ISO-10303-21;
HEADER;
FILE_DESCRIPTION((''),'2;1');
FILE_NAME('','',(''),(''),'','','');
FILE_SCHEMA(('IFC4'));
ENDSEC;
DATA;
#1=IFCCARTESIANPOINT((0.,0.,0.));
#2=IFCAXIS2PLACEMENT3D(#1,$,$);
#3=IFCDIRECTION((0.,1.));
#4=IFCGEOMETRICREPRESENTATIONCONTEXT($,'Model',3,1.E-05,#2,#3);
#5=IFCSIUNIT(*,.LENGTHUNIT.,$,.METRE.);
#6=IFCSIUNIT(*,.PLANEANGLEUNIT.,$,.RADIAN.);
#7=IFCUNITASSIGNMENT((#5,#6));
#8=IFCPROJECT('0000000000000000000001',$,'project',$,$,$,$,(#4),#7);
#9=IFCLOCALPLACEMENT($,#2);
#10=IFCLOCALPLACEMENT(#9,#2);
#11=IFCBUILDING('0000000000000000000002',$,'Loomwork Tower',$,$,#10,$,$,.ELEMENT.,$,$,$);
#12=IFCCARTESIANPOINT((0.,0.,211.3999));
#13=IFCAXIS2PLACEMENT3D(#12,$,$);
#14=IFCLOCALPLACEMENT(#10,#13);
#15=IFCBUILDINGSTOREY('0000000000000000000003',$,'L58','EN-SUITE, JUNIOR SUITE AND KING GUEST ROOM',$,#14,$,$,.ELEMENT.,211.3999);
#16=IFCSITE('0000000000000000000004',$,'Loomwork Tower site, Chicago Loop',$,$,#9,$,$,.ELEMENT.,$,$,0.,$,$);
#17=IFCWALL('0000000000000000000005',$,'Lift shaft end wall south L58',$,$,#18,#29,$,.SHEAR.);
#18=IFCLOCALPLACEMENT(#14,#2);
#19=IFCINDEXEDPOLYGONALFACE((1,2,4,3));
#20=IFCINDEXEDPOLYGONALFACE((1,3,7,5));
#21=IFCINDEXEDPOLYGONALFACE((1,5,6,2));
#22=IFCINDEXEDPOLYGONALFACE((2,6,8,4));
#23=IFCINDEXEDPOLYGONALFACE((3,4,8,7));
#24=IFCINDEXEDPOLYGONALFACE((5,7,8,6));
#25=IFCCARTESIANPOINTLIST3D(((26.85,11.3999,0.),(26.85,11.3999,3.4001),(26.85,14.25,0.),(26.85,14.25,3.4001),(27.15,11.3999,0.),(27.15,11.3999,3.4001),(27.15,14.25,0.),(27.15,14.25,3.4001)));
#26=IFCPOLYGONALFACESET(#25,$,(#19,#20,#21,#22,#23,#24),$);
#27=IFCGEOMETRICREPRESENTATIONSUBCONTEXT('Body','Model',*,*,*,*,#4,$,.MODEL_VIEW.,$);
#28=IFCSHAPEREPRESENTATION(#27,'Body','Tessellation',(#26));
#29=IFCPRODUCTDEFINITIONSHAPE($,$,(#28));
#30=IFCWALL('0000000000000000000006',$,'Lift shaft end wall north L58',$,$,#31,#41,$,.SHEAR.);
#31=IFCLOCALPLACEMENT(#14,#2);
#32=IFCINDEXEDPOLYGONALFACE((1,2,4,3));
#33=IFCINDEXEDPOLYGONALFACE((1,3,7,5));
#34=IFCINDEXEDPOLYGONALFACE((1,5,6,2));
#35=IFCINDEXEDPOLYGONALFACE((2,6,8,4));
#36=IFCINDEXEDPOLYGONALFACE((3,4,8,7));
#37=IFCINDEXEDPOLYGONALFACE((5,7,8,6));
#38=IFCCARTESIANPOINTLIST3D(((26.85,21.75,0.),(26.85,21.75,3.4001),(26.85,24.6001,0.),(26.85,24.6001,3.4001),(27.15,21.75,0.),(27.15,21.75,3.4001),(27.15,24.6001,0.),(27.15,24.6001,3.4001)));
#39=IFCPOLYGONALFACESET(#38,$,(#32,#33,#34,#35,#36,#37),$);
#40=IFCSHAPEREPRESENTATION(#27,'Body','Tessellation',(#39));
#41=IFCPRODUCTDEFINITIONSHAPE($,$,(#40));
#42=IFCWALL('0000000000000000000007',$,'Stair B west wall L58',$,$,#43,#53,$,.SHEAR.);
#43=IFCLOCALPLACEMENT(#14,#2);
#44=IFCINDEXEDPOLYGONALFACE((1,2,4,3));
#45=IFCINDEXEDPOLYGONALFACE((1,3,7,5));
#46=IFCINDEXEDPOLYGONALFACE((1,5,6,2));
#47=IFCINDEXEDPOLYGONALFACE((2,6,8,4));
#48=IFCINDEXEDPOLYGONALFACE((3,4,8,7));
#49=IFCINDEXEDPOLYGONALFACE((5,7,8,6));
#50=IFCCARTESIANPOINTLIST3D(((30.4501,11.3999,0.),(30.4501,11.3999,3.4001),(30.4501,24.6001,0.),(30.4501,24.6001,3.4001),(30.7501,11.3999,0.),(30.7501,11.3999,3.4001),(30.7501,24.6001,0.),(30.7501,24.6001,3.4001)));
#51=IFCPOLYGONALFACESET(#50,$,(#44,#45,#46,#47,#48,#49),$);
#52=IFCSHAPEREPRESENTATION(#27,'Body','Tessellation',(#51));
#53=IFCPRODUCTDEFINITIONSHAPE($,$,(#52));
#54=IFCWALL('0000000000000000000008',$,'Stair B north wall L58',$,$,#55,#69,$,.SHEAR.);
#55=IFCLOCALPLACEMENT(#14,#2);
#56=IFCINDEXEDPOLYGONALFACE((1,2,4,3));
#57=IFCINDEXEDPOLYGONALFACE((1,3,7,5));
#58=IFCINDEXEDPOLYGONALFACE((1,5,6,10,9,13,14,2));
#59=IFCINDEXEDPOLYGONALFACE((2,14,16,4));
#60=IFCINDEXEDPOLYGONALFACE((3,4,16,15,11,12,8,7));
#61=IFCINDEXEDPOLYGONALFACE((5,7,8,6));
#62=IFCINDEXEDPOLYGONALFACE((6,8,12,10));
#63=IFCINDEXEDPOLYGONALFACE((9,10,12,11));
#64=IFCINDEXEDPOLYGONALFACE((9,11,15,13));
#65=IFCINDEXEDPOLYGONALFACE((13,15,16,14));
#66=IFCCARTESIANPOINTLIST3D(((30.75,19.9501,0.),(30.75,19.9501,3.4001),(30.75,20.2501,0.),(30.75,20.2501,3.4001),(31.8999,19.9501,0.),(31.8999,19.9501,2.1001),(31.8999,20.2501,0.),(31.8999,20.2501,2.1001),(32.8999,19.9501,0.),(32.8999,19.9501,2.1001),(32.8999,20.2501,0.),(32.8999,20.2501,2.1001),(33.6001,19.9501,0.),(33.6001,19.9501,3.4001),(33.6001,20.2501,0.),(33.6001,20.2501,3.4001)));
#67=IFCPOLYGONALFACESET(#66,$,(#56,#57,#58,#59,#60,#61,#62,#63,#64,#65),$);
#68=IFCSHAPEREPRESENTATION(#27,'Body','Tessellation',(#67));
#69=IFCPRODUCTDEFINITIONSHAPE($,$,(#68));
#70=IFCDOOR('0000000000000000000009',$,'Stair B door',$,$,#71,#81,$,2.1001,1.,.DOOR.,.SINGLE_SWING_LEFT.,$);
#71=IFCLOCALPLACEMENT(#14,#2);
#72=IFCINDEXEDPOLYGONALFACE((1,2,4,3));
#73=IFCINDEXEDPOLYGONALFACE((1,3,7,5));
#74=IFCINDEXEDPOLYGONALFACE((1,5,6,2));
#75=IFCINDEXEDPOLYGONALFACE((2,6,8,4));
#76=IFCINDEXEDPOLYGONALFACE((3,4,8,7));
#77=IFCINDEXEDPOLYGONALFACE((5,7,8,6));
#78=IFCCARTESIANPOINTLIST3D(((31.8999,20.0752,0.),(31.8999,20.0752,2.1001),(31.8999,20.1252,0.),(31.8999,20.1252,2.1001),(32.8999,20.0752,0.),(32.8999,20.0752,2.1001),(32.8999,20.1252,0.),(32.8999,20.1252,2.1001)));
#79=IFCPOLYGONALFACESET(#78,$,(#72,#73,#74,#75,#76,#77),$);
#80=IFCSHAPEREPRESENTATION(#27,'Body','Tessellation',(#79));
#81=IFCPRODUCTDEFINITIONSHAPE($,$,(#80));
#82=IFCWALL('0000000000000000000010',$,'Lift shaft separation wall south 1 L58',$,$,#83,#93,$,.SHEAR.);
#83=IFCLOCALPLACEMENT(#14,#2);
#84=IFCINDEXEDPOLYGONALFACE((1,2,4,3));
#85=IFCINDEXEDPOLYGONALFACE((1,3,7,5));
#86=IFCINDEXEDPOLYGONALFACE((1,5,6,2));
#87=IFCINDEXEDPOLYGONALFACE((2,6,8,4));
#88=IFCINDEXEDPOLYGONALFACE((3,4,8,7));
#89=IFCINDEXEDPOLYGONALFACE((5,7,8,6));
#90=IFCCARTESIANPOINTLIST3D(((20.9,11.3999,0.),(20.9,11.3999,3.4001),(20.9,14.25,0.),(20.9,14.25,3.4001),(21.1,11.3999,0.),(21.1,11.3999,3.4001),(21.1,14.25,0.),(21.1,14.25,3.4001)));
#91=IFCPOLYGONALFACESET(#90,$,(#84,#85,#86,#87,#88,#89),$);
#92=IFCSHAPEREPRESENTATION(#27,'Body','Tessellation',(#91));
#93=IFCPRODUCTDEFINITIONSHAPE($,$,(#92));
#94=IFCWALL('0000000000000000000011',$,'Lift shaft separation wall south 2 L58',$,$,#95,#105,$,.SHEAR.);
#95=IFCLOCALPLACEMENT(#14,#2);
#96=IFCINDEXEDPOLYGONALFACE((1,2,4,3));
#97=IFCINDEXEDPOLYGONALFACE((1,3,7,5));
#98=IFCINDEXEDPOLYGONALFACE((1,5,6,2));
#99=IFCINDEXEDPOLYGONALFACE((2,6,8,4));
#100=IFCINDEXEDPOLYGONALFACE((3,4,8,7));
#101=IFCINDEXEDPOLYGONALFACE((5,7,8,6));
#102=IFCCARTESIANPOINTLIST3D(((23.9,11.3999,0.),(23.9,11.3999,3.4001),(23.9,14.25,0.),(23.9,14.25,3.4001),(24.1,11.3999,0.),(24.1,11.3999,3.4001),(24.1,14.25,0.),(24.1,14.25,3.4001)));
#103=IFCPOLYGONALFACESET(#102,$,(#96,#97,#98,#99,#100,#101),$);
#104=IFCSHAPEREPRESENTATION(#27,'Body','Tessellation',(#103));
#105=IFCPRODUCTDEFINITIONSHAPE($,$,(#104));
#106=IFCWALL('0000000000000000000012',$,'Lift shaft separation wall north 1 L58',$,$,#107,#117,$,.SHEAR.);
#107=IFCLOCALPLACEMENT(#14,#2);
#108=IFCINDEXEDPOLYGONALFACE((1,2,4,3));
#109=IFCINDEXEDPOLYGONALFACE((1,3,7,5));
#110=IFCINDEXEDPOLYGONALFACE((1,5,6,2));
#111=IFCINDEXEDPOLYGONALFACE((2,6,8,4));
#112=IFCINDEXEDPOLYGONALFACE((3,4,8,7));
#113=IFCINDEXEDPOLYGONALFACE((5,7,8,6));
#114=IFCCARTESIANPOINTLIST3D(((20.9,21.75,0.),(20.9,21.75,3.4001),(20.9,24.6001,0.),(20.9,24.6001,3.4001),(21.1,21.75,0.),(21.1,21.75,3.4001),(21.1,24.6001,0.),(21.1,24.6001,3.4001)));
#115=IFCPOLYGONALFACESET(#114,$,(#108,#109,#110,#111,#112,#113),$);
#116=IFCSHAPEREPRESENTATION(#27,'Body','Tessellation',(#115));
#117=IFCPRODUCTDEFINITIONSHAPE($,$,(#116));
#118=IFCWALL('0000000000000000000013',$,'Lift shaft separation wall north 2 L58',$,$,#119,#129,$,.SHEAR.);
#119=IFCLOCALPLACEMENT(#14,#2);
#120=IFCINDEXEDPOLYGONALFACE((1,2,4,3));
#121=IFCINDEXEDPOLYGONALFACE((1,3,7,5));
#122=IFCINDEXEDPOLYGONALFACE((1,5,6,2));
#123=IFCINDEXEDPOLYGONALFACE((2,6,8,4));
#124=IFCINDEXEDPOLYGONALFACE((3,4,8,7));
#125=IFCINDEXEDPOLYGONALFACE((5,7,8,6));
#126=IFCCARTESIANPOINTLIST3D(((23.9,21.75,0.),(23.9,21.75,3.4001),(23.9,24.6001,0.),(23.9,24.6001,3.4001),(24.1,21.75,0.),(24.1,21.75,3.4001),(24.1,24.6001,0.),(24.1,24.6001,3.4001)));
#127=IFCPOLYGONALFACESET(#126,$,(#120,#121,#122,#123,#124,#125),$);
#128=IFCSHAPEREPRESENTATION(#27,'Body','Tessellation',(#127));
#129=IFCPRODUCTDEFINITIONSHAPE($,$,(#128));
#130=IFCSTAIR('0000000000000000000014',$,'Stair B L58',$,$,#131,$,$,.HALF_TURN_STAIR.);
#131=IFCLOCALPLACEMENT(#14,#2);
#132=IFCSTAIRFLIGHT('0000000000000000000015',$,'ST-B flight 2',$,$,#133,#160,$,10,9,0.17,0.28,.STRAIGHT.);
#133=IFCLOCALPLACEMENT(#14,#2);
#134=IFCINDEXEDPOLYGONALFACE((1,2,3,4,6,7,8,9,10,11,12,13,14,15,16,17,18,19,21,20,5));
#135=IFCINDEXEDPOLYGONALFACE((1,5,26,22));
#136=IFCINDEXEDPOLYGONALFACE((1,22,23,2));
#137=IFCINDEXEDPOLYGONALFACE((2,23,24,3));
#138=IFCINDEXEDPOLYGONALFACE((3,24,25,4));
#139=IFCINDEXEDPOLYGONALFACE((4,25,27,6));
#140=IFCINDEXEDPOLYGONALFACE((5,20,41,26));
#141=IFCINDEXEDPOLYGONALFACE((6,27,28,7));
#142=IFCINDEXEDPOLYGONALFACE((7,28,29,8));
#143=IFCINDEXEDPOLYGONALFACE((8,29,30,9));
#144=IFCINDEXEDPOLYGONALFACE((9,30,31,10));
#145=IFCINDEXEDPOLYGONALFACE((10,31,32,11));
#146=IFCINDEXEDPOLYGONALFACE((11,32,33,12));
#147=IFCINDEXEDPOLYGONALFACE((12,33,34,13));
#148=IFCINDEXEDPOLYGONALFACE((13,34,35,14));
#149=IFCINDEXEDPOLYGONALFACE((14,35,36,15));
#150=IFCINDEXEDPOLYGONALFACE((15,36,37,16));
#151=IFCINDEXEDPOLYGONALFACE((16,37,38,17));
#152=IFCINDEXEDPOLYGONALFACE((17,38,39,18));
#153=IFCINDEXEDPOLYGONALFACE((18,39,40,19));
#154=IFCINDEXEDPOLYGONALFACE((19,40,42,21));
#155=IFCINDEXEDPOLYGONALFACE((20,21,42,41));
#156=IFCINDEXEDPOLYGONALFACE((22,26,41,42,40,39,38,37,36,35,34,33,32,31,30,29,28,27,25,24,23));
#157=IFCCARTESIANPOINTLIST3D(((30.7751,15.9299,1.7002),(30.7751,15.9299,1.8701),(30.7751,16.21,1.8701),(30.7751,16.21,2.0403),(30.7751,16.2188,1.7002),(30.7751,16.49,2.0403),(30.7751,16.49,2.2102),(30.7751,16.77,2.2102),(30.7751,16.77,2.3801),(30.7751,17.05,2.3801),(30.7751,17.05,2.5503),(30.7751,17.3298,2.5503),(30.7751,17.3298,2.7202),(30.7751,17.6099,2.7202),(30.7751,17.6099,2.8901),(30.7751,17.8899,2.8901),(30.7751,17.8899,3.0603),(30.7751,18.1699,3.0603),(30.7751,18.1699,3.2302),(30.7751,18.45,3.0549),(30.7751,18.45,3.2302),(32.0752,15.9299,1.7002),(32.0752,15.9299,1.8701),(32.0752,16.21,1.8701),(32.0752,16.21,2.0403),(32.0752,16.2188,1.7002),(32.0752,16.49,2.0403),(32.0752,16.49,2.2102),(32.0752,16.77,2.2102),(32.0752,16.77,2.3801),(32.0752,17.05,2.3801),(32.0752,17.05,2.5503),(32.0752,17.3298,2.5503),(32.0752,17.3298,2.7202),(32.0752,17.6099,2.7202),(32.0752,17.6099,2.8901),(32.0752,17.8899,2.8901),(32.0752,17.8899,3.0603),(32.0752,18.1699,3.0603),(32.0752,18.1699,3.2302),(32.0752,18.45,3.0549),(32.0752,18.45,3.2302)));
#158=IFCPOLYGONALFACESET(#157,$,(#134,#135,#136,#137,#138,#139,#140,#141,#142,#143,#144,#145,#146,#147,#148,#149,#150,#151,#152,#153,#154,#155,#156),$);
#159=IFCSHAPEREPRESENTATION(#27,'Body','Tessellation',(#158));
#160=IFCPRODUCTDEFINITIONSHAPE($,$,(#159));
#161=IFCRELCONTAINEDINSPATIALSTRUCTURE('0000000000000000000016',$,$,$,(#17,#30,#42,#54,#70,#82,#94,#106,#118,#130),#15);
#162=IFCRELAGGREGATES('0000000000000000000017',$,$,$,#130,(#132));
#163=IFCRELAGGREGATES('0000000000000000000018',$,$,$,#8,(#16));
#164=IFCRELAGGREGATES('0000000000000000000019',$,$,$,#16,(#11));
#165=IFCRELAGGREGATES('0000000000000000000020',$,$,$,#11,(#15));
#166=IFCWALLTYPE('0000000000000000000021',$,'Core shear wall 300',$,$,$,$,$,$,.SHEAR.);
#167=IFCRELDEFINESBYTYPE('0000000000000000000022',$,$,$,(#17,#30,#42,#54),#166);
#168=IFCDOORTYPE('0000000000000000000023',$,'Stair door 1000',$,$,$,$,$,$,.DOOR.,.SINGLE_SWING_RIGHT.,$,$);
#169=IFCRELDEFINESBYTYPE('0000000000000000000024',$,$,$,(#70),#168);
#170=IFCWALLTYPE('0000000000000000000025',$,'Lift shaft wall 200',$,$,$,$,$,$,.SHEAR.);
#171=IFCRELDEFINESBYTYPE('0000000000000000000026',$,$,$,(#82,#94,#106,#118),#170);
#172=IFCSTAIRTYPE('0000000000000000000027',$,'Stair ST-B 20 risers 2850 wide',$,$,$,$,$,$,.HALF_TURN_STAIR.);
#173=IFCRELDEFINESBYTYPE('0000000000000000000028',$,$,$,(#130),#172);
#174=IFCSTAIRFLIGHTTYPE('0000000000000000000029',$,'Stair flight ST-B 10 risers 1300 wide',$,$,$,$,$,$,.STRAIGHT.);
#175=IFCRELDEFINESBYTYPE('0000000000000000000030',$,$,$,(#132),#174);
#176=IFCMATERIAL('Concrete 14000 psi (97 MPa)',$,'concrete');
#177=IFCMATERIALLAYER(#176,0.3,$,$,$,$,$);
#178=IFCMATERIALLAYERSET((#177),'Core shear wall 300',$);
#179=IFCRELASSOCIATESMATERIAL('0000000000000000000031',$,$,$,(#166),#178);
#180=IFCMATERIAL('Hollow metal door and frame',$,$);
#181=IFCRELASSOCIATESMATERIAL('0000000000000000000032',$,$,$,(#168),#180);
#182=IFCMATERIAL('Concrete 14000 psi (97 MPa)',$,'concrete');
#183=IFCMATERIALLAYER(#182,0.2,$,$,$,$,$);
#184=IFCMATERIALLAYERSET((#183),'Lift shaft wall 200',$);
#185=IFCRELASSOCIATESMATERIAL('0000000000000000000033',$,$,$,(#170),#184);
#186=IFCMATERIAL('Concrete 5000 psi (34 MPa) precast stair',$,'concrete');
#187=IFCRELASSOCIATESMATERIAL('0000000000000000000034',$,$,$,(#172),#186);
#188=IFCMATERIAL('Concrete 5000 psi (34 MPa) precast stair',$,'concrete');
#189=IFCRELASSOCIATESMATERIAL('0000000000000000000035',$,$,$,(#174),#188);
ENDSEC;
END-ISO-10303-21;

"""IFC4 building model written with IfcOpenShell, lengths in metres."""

from ifc_helpers import new_model, si_unit, direction, frame, frame_2d, origin, place, context, subcontext, project, spatial, polyline, rectangle, outline, extrude, material, layer, layer_set, type_object, element, fill, aggregate, save


model = new_model("IFC4")

# Units and contexts
model_context = context("Model", 3, precision=1e-05, world=origin(), true_north=direction((0.0, 1.0)))
body_context = subcontext(model_context, "Body", "Model", "MODEL_VIEW")
ifc_project = project(units=[si_unit("LENGTHUNIT", "METRE"), si_unit("PLANEANGLEUNIT", "RADIAN")], contexts=[model_context])

# Site, building, storey
site_placement = place(None, origin())
site = spatial("IfcSite", under=ifc_project, at=site_placement, Name="Loomwork Tower site, Chicago Loop", CompositionType="ELEMENT", RefElevation=0.0)
building_placement = place(site_placement, origin())
building = spatial("IfcBuilding", under=site, at=building_placement, Name="Loomwork Tower", CompositionType="ELEMENT")
storey_placement = place(building_placement, frame((0.0, 0.0, 211.3999)))
storey = spatial("IfcBuildingStorey", under=building, at=storey_placement, Name="L58", Description="EN-SUITE, JUNIOR SUITE AND KING GUEST ROOM", CompositionType="ELEMENT", Elevation=211.3999)

# Walls
ifc_material_1 = material(Name="Concrete 14000 psi (97 MPa)", Category="concrete")
ifc_layer_1 = layer(ifc_material_1, 0.3)
ifc_layer_set_1 = layer_set([ifc_layer_1], Name="Core shear wall 300")
wall_type_1 = type_object("IfcWallType", Name="Core shear wall 300", PredefinedType="SHEAR", material=ifc_layer_set_1)
for number, where, z_axis, x_axis, name in (
    (1, (27.0, 11.3999, 0.0), (0.0, 0.0, 1.0), (0.0, 1.0, 0.0), "Lift shaft end wall south L58"),
    (2, (27.0, 21.75, 0.0), (0.0, 0.0, 1.0), (0.0, 1.0, 0.0), "Lift shaft end wall north L58"),
):
    element("IfcWall", number, at=place(storey_placement, frame(where, z_axis=z_axis, x_axis=x_axis)), inside=storey, type_object=wall_type_1, Name=name, PredefinedType="SHEAR", context=body_context, shape_type="SweptSolid", body=[
        extrude(rectangle(XDim=2.8501, YDim=0.3, at=frame_2d((1.425, 0.0))), origin(), (0.0, 0.0, 1.0), 3.4001),
    ])
wall_1_placement = place(storey_placement, frame((30.6001, 11.3999, 0.0), z_axis=(0.0, 0.0, 1.0), x_axis=(0.0, 1.0, 0.0)))
element("IfcWall", 3, at=wall_1_placement, inside=storey, type_object=wall_type_1, Name="Stair B west wall L58", PredefinedType="SHEAR", context=body_context, shape_type="SweptSolid", body=[
    extrude(rectangle(XDim=13.2002, YDim=0.3, at=frame_2d((6.6001, 0.0))), origin(), (0.0, 0.0, 1.0), 3.4001),
])

# Wall, opening, door
wall_2_placement = place(storey_placement, frame((30.75, 20.1001, 0.0), z_axis=(0.0, 0.0, 1.0), x_axis=(1.0, 0.0, 0.0)))
wall_2 = element("IfcWall", 4, at=wall_2_placement, inside=storey, type_object=wall_type_1, Name="Stair B north wall L58", PredefinedType="SHEAR", context=body_context, shape_type="SweptSolid", body=[
    extrude(rectangle(XDim=2.8501, YDim=0.3, at=frame_2d((1.425, 0.0))), origin(), (0.0, 0.0, 1.0), 3.4001),
])
opening_placement = place(wall_2_placement, frame((1.1499, 0.0, 0.0)))
opening = element("IfcOpeningElement", 5, at=opening_placement, cuts=wall_2, PredefinedType="OPENING", context=body_context, shape_type="SweptSolid", body=[
    extrude(rectangle(XDim=1.0, YDim=2.1001, at=frame_2d((0.5, 1.05))), frame((0.0, 0.1599, 0.0), z_axis=(0.0, -1.0, 0.0), x_axis=(1.0, 0.0, 0.0)), (0.0, 0.0, 1.0), 0.3201),
])
ifc_material_2 = material(Name="Hollow metal door and frame")
door_type = type_object("IfcDoorType", Name="Stair door 1000", OperationType="SINGLE_SWING_RIGHT", PredefinedType="DOOR", material=ifc_material_2)
door_placement = place(opening_placement, frame((1.0, 0.0, 0.0), z_axis=(0.0, 0.0, 1.0), x_axis=(-1.0, 0.0, 0.0)))
door = element("IfcDoor", 6, at=door_placement, inside=storey, type_object=door_type, Name="Stair B door", OperationType="SINGLE_SWING_LEFT", OverallHeight=2.1001, OverallWidth=1.0, PredefinedType="DOOR", context=body_context, shape_type="SweptSolid", body=[
    extrude(rectangle(XDim=1.0, YDim=2.1001, at=frame_2d((0.5, 1.05))), frame((0.0, 0.0249, 0.0), z_axis=(0.0, -1.0, 0.0), x_axis=(1.0, 0.0, 0.0)), (0.0, 0.0, 1.0), 0.05),
])
fill(opening, door)

# Walls
ifc_material_3 = material(Name="Concrete 14000 psi (97 MPa)", Category="concrete")
ifc_layer_2 = layer(ifc_material_3, 0.2)
ifc_layer_set_2 = layer_set([ifc_layer_2], Name="Lift shaft wall 200")
wall_type_2 = type_object("IfcWallType", Name="Lift shaft wall 200", PredefinedType="SHEAR", material=ifc_layer_set_2)
for number, where, z_axis, x_axis, name in (
    (7, (21.0, 11.3999, 0.0), (0.0, 0.0, 1.0), (0.0, 1.0, 0.0), "Lift shaft separation wall south 1 L58"),
    (8, (24.0, 11.3999, 0.0), (0.0, 0.0, 1.0), (0.0, 1.0, 0.0), "Lift shaft separation wall south 2 L58"),
    (9, (21.0, 21.75, 0.0), (0.0, 0.0, 1.0), (0.0, 1.0, 0.0), "Lift shaft separation wall north 1 L58"),
    (10, (24.0, 21.75, 0.0), (0.0, 0.0, 1.0), (0.0, 1.0, 0.0), "Lift shaft separation wall north 2 L58"),
):
    element("IfcWall", number, at=place(storey_placement, frame(where, z_axis=z_axis, x_axis=x_axis)), inside=storey, type_object=wall_type_2, Name=name, PredefinedType="SHEAR", context=body_context, shape_type="SweptSolid", body=[
        extrude(rectangle(XDim=2.8501, YDim=0.2, at=frame_2d((1.425, 0.0))), origin(), (0.0, 0.0, 1.0), 3.4001),
    ])

# Stair, stair flight
ifc_material_4 = material(Name="Concrete 5000 psi (34 MPa) precast stair", Category="concrete")
stair_type = type_object("IfcStairType", Name="Stair ST-B 20 risers 2850 wide", PredefinedType="HALF_TURN_STAIR", material=ifc_material_4)
stair_placement = place(storey_placement, origin())
stair = element("IfcStair", 11, at=stair_placement, inside=storey, type_object=stair_type, Name="Stair B L58", PredefinedType="HALF_TURN_STAIR")
ifc_material_5 = material(Name="Concrete 5000 psi (34 MPa) precast stair", Category="concrete")
stair_flight_type = type_object("IfcStairFlightType", Name="Stair flight ST-B 10 risers 1300 wide", PredefinedType="STRAIGHT", material=ifc_material_5)
stair_flight_placement = place(storey_placement, frame((31.425, 15.9299, 1.7002), z_axis=(0.0, 0.0, 1.0), x_axis=(0.0, 1.0, 0.0)))
stair_flight = element("IfcStairFlight", 12, at=stair_flight_placement, type_object=stair_flight_type, Name="ST-B flight 2", NumberOfRisers=10, NumberOfTreads=9, PredefinedType="STRAIGHT", RiserHeight=0.17, TreadLength=0.28, context=body_context, shape_type="SweptSolid", body=[
    extrude(outline(polyline([(0.0, 0.0), (0.0, 0.1699), (0.28, 0.1699), (0.28, 0.3401), (0.5601, 0.3401), (0.5601, 0.51), (0.8401, 0.51), (0.8401, 0.6799), (1.1201, 0.6799), (1.1201, 0.8501), (1.3999, 0.8501), (1.3999, 1.02), (1.6799, 1.02), (1.6799, 1.1899), (1.96, 1.1899), (1.96, 1.3601), (2.24, 1.3601), (2.24, 1.53), (2.52, 1.53), (2.52, 1.7), (2.52, 1.3547), (0.2888, 0.0), (0.0, 0.0)])), frame((0.0, 0.6499, 0.0), z_axis=(0.0, -1.0, 0.0), x_axis=(1.0, 0.0, 0.0)), (0.0, 0.0, 1.0), 1.3),
])
aggregate(stair, [stair_flight])

save(model, "model.ifc")
